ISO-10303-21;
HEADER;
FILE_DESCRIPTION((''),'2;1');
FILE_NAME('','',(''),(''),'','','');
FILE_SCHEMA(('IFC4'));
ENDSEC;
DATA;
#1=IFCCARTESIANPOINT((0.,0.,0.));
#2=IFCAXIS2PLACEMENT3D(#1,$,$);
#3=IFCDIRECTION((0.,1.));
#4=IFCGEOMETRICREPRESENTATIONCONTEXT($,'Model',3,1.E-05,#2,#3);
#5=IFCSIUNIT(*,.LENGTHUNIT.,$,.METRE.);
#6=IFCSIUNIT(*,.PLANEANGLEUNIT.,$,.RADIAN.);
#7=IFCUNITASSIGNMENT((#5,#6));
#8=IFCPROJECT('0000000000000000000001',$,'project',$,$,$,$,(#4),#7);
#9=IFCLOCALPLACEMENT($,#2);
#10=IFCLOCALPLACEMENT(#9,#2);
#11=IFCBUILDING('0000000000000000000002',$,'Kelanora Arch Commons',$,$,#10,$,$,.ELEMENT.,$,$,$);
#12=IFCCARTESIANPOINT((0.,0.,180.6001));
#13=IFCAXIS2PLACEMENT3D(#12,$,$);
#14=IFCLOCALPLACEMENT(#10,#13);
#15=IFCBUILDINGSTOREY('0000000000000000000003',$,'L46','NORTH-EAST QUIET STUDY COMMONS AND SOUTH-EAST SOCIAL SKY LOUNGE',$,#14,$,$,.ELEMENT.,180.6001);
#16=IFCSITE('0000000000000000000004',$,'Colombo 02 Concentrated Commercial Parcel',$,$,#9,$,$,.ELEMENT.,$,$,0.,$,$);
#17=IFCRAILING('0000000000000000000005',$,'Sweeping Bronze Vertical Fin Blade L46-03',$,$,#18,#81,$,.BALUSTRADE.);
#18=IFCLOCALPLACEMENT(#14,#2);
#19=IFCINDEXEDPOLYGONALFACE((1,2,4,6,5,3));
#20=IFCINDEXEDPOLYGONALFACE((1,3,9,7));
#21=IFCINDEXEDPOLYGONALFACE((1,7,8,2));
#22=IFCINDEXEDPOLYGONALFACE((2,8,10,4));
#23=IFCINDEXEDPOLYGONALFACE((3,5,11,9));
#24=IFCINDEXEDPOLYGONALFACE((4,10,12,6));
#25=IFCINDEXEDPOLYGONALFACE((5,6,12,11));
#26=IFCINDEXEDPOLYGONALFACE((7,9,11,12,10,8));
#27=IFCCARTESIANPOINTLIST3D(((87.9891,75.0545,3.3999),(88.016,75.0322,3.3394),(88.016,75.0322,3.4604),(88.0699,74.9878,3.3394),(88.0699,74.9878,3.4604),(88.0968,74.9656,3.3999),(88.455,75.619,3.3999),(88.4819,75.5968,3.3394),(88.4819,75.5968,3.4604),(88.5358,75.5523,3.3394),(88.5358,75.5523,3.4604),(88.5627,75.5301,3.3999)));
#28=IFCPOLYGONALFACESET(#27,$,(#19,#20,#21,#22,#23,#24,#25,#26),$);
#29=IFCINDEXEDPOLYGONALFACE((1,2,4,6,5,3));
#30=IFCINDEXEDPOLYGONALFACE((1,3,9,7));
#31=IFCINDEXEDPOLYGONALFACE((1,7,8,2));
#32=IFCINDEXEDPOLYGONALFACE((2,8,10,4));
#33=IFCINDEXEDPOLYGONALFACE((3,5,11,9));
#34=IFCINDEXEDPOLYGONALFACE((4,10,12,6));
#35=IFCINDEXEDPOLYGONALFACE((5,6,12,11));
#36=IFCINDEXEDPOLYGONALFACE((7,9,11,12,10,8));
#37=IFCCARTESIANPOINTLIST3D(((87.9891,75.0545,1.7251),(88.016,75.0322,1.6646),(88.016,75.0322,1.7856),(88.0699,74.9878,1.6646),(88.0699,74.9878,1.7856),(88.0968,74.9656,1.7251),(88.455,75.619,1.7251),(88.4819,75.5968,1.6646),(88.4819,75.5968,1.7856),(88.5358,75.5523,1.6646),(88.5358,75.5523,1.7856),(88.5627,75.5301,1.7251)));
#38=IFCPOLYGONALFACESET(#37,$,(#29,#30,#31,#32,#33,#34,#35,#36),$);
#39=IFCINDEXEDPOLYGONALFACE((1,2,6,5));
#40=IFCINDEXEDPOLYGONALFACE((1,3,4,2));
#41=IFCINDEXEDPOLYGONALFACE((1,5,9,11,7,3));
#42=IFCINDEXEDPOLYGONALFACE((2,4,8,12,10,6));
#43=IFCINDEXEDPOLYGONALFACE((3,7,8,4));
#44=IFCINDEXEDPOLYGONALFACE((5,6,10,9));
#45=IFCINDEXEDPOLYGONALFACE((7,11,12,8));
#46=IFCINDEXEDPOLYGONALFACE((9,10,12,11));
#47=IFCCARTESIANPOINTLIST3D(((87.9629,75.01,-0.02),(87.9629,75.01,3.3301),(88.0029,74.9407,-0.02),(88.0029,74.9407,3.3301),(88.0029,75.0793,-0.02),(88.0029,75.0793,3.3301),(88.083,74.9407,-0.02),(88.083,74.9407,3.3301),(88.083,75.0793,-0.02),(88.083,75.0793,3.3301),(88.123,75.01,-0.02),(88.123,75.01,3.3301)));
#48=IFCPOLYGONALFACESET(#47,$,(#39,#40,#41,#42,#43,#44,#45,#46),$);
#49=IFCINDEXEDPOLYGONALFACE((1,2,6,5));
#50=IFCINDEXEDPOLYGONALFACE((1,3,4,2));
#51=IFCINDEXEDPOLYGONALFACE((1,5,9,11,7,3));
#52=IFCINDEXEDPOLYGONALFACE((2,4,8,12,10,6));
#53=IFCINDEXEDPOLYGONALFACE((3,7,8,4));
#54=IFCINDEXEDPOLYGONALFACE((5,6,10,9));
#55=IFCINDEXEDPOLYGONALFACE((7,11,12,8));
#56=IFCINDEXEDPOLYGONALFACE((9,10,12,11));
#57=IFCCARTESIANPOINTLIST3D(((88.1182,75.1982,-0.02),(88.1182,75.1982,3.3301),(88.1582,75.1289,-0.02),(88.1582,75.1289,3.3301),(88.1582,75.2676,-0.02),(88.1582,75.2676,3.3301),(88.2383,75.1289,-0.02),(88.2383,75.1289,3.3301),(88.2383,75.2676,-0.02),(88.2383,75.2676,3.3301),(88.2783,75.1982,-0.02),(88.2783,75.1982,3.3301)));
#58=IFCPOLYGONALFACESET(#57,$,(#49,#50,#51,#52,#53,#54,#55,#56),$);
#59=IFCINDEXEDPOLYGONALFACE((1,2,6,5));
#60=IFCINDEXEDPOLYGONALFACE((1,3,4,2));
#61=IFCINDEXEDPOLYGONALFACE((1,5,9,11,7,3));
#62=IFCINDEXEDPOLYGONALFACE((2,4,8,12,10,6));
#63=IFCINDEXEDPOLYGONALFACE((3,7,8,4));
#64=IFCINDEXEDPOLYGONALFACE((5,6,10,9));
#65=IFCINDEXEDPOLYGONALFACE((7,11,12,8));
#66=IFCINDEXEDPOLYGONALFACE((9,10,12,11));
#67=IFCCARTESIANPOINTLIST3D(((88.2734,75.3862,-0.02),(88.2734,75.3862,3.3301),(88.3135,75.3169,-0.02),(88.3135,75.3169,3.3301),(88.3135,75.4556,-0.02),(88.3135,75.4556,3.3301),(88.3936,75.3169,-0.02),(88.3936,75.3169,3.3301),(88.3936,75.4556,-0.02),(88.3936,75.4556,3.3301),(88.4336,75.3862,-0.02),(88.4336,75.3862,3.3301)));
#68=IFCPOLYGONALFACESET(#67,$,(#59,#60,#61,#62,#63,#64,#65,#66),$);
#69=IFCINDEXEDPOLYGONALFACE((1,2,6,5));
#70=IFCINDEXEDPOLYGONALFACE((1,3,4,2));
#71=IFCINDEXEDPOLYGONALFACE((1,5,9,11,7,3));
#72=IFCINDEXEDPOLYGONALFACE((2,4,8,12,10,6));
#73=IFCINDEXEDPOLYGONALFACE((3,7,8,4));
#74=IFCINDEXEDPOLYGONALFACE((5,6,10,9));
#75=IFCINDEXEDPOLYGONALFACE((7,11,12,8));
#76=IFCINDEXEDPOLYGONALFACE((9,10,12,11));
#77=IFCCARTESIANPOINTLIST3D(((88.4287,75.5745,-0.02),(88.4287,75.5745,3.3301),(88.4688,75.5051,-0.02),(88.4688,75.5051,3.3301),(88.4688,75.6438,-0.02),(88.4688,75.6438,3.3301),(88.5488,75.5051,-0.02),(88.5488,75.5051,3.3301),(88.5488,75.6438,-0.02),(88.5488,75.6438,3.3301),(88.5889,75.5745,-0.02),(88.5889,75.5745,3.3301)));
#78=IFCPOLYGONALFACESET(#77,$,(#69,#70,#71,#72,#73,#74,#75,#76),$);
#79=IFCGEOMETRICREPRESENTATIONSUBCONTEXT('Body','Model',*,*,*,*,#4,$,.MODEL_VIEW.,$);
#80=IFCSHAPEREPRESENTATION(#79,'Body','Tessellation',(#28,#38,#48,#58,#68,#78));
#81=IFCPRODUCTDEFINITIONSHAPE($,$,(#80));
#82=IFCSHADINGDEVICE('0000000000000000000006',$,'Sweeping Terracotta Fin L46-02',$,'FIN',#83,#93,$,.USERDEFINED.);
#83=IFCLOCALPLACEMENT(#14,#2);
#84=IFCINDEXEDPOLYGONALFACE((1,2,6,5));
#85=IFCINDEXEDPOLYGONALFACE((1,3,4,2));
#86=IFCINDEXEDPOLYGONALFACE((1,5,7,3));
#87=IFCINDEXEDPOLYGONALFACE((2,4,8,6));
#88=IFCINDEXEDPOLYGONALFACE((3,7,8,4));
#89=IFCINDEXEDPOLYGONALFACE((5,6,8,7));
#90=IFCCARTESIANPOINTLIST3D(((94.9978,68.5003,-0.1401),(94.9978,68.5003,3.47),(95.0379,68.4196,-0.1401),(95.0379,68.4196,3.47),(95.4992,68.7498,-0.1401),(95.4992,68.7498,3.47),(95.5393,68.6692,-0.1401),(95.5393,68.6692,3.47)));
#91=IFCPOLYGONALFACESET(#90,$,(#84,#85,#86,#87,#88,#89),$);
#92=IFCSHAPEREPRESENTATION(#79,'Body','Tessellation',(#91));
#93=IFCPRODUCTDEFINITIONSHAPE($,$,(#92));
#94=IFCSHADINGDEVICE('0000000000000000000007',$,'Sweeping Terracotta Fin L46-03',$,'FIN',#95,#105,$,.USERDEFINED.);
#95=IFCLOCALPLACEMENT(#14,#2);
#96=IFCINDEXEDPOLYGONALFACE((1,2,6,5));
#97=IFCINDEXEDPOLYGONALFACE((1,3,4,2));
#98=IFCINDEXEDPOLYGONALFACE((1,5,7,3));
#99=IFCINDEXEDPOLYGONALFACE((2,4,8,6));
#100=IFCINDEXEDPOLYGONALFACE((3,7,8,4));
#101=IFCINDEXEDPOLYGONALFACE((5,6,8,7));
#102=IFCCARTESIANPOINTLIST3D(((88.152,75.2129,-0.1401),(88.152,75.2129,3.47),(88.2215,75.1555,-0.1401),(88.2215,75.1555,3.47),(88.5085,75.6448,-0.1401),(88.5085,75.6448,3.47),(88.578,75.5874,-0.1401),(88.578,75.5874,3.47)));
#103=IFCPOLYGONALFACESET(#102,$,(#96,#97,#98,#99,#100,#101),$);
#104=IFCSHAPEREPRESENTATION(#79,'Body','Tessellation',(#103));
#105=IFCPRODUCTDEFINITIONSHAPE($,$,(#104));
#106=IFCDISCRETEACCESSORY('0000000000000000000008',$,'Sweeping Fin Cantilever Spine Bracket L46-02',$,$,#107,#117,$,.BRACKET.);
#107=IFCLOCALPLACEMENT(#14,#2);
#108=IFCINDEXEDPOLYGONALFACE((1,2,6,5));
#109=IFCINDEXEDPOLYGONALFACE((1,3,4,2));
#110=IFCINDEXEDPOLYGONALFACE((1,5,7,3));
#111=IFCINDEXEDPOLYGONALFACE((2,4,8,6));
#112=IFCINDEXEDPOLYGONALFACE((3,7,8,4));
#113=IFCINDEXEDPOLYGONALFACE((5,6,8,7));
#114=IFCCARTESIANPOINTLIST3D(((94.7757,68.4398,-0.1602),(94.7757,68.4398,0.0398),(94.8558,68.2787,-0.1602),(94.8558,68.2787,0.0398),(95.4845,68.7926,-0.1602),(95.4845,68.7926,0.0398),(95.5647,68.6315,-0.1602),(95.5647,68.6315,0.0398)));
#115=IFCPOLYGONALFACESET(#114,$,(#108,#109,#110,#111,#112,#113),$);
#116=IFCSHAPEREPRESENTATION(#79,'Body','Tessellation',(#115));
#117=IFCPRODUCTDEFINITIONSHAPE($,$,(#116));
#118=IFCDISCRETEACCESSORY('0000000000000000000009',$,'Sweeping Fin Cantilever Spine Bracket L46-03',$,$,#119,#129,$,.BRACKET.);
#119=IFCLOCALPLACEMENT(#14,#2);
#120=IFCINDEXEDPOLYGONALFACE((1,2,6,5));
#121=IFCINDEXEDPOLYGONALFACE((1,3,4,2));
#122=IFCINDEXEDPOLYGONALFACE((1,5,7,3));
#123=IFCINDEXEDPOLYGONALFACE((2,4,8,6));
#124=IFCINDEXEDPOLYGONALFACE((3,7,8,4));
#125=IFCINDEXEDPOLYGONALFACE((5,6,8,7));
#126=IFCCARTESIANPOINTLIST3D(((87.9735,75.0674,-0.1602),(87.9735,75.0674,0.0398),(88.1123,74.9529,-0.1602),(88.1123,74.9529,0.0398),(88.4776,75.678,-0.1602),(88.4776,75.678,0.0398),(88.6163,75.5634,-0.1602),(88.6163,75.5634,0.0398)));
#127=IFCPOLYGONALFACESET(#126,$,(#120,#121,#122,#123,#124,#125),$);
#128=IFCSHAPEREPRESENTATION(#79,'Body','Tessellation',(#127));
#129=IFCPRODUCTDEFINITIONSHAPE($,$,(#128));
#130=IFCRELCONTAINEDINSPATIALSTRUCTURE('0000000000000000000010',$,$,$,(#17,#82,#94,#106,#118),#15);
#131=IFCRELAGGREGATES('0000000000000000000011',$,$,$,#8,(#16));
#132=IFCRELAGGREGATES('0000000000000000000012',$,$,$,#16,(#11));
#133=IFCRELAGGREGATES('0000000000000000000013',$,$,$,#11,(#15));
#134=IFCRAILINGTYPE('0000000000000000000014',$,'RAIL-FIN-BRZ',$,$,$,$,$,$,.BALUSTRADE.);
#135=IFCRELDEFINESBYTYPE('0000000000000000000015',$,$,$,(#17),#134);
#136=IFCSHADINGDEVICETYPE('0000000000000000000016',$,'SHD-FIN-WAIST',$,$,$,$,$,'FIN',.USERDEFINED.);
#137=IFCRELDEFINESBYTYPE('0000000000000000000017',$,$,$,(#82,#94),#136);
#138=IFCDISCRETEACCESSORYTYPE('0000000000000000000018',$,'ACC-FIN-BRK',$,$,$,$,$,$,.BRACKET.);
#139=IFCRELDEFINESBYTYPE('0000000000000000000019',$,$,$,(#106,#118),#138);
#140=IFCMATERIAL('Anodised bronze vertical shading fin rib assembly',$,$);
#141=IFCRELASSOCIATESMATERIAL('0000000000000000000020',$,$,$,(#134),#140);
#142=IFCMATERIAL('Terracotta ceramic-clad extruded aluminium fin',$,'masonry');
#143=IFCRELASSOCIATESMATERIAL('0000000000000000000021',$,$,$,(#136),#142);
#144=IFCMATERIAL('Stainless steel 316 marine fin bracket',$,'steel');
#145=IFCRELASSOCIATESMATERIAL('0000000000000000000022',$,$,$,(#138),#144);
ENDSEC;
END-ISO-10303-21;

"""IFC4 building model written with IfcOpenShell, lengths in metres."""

from ifc_helpers import new_model, si_unit, direction, frame, origin, origin_2d, place, context, subcontext, project, spatial, polyline, rectangle, outline, extrude, source, transform, mapped, material, type_object, element, save


model = new_model("IFC4")

# Units and contexts
model_context = context("Model", 3, precision=1e-05, world=origin(), true_north=direction((0.0, 1.0)))
body_context = subcontext(model_context, "Body", "Model", "MODEL_VIEW")
ifc_project = project(units=[si_unit("LENGTHUNIT", "METRE"), si_unit("PLANEANGLEUNIT", "RADIAN")], contexts=[model_context])

# Site, building, storey
site_placement = place(None, origin())
site = spatial("IfcSite", under=ifc_project, at=site_placement, Name="Colombo 02 Concentrated Commercial Parcel", CompositionType="ELEMENT", RefElevation=0.0)
building_placement = place(site_placement, origin())
building = spatial("IfcBuilding", under=site, at=building_placement, Name="Kelanora Arch Commons", CompositionType="ELEMENT")
storey_placement = place(building_placement, frame((0.0, 0.0, 180.6001)))
storey = spatial("IfcBuildingStorey", under=building, at=storey_placement, Name="L46", Description="NORTH-EAST QUIET STUDY COMMONS AND SOUTH-EAST SOCIAL SKY LOUNGE", CompositionType="ELEMENT", Elevation=180.6001)

# Railing
ifc_material_1 = material(Name="Anodised bronze vertical shading fin rib assembly")
railing_type = type_object("IfcRailingType", Name="RAIL-FIN-BRZ", PredefinedType="BALUSTRADE", material=ifc_material_1)
railing_1_placement = place(storey_placement, frame((88.043, 75.01, -0.02)))
element("IfcRailing", 1, at=railing_1_placement, inside=storey, type_object=railing_type, Name="Sweeping Bronze Vertical Fin Blade L46-03", PredefinedType="BALUSTRADE", context=body_context, shape_type="SweptSolid", body=[
    extrude(outline(polyline([(0.0698, 0.0), (0.0349, 0.0605), (-0.0349, 0.0605), (-0.0698, 0.0), (-0.0349, -0.0605), (0.0349, -0.0605), (0.0698, 0.0)])), frame((0.0, 0.0, 3.4199), z_axis=(0.636502, 0.771275, 0.0), x_axis=(-0.771275, 0.636502, 0.0)), (0.0, 0.0, 1.0), 0.7319),
    extrude(outline(polyline([(0.0698, 0.0), (0.0349, 0.0605), (-0.0349, 0.0605), (-0.0698, 0.0), (-0.0349, -0.0605), (0.0349, -0.0605), (0.0698, 0.0)])), frame((0.0, 0.0, 1.7451), z_axis=(0.636502, 0.771275, 0.0), x_axis=(-0.771275, 0.636502, 0.0)), (0.0, 0.0, 1.0), 0.7319),
    extrude(outline(polyline([(0.0801, 0.0), (0.04, 0.0693), (-0.04, 0.0693), (-0.0801, 0.0), (-0.04, -0.0693), (0.04, -0.0693), (0.0801, 0.0)])), origin(), (0.0, 0.0, 1.0), 3.3501),
    extrude(outline(polyline([(0.0801, 0.0), (0.04, 0.0693), (-0.04, 0.0693), (-0.0801, 0.0), (-0.04, -0.0693), (0.04, -0.0693), (0.0801, 0.0)])), frame((0.1553, 0.1882, 0.0)), (0.0, 0.0, 1.0), 3.3501),
    extrude(outline(polyline([(0.0801, 0.0), (0.04, 0.0693), (-0.04, 0.0693), (-0.0801, 0.0), (-0.04, -0.0693), (0.04, -0.0693), (0.0801, 0.0)])), frame((0.3105, 0.3762, 0.0)), (0.0, 0.0, 1.0), 3.3501),
    extrude(outline(polyline([(0.0801, 0.0), (0.04, 0.0693), (-0.04, 0.0693), (-0.0801, 0.0), (-0.04, -0.0693), (0.04, -0.0693), (0.0801, 0.0)])), frame((0.4658, 0.5645, 0.0)), (0.0, 0.0, 1.0), 3.3501),
])

# Shading devices
ifc_material_2 = material(Name="Terracotta ceramic-clad extruded aluminium fin", Category="masonry")
shading_device_type = type_object("IfcShadingDeviceType", Name="SHD-FIN-WAIST", ElementType="FIN", PredefinedType="USERDEFINED", material=ifc_material_2)
shared_shape_1 = source(origin(), body_context, "Body", "SweptSolid", [
    extrude(rectangle(XDim=0.5601, YDim=0.0901, at=origin_2d()), origin(), (0.0, 0.0, 1.0), 3.6101),
])
for number, where, z_axis, x_axis, name in (
    (2, (95.2686, 68.5847, -0.1401), (0.0, 0.0, 1.0), (0.895246, 0.445573, 0.0), "Sweeping Terracotta Fin L46-02"),
    (3, (88.365, 75.4001, -0.1401), (0.0, 0.0, 1.0), (0.636617, 0.77118, 0.0), "Sweeping Terracotta Fin L46-03"),
):
    element("IfcShadingDevice", number, at=place(storey_placement, frame(where, z_axis=z_axis, x_axis=x_axis)), inside=storey, type_object=shading_device_type, Name=name, ObjectType="FIN", PredefinedType="USERDEFINED", context=body_context, shape_type="MappedRepresentation", body=[
        mapped(shared_shape_1, transform((0.0, 0.0, 0.0), scale=1.0)),
    ])

# Discrete accessories
ifc_material_3 = material(Name="Stainless steel 316 marine fin bracket", Category="steel")
discrete_accessory_type = type_object("IfcDiscreteAccessoryType", Name="ACC-FIN-BRK", PredefinedType="BRACKET", material=ifc_material_3)
shared_shape_2 = source(origin(), body_context, "Body", "SweptSolid", [
    extrude(rectangle(XDim=0.7917, YDim=0.1799, at=origin_2d()), origin(), (0.0, 0.0, 1.0), 0.2),
])
for number, where, z_axis, x_axis, name in (
    (4, (95.1702, 68.5356, -0.1602), (0.0, 0.0, 1.0), (0.895246, 0.445573, 0.0), "Sweeping Fin Cantilever Spine Bracket L46-02"),
    (5, (88.2949, 75.3154, -0.1602), (0.0, 0.0, 1.0), (0.636617, 0.77118, 0.0), "Sweeping Fin Cantilever Spine Bracket L46-03"),
):
    element("IfcDiscreteAccessory", number, at=place(storey_placement, frame(where, z_axis=z_axis, x_axis=x_axis)), inside=storey, type_object=discrete_accessory_type, Name=name, PredefinedType="BRACKET", context=body_context, shape_type="MappedRepresentation", body=[
        mapped(shared_shape_2, transform((0.0, 0.0, 0.0), scale=1.0)),
    ])

save(model, "model.ifc")
